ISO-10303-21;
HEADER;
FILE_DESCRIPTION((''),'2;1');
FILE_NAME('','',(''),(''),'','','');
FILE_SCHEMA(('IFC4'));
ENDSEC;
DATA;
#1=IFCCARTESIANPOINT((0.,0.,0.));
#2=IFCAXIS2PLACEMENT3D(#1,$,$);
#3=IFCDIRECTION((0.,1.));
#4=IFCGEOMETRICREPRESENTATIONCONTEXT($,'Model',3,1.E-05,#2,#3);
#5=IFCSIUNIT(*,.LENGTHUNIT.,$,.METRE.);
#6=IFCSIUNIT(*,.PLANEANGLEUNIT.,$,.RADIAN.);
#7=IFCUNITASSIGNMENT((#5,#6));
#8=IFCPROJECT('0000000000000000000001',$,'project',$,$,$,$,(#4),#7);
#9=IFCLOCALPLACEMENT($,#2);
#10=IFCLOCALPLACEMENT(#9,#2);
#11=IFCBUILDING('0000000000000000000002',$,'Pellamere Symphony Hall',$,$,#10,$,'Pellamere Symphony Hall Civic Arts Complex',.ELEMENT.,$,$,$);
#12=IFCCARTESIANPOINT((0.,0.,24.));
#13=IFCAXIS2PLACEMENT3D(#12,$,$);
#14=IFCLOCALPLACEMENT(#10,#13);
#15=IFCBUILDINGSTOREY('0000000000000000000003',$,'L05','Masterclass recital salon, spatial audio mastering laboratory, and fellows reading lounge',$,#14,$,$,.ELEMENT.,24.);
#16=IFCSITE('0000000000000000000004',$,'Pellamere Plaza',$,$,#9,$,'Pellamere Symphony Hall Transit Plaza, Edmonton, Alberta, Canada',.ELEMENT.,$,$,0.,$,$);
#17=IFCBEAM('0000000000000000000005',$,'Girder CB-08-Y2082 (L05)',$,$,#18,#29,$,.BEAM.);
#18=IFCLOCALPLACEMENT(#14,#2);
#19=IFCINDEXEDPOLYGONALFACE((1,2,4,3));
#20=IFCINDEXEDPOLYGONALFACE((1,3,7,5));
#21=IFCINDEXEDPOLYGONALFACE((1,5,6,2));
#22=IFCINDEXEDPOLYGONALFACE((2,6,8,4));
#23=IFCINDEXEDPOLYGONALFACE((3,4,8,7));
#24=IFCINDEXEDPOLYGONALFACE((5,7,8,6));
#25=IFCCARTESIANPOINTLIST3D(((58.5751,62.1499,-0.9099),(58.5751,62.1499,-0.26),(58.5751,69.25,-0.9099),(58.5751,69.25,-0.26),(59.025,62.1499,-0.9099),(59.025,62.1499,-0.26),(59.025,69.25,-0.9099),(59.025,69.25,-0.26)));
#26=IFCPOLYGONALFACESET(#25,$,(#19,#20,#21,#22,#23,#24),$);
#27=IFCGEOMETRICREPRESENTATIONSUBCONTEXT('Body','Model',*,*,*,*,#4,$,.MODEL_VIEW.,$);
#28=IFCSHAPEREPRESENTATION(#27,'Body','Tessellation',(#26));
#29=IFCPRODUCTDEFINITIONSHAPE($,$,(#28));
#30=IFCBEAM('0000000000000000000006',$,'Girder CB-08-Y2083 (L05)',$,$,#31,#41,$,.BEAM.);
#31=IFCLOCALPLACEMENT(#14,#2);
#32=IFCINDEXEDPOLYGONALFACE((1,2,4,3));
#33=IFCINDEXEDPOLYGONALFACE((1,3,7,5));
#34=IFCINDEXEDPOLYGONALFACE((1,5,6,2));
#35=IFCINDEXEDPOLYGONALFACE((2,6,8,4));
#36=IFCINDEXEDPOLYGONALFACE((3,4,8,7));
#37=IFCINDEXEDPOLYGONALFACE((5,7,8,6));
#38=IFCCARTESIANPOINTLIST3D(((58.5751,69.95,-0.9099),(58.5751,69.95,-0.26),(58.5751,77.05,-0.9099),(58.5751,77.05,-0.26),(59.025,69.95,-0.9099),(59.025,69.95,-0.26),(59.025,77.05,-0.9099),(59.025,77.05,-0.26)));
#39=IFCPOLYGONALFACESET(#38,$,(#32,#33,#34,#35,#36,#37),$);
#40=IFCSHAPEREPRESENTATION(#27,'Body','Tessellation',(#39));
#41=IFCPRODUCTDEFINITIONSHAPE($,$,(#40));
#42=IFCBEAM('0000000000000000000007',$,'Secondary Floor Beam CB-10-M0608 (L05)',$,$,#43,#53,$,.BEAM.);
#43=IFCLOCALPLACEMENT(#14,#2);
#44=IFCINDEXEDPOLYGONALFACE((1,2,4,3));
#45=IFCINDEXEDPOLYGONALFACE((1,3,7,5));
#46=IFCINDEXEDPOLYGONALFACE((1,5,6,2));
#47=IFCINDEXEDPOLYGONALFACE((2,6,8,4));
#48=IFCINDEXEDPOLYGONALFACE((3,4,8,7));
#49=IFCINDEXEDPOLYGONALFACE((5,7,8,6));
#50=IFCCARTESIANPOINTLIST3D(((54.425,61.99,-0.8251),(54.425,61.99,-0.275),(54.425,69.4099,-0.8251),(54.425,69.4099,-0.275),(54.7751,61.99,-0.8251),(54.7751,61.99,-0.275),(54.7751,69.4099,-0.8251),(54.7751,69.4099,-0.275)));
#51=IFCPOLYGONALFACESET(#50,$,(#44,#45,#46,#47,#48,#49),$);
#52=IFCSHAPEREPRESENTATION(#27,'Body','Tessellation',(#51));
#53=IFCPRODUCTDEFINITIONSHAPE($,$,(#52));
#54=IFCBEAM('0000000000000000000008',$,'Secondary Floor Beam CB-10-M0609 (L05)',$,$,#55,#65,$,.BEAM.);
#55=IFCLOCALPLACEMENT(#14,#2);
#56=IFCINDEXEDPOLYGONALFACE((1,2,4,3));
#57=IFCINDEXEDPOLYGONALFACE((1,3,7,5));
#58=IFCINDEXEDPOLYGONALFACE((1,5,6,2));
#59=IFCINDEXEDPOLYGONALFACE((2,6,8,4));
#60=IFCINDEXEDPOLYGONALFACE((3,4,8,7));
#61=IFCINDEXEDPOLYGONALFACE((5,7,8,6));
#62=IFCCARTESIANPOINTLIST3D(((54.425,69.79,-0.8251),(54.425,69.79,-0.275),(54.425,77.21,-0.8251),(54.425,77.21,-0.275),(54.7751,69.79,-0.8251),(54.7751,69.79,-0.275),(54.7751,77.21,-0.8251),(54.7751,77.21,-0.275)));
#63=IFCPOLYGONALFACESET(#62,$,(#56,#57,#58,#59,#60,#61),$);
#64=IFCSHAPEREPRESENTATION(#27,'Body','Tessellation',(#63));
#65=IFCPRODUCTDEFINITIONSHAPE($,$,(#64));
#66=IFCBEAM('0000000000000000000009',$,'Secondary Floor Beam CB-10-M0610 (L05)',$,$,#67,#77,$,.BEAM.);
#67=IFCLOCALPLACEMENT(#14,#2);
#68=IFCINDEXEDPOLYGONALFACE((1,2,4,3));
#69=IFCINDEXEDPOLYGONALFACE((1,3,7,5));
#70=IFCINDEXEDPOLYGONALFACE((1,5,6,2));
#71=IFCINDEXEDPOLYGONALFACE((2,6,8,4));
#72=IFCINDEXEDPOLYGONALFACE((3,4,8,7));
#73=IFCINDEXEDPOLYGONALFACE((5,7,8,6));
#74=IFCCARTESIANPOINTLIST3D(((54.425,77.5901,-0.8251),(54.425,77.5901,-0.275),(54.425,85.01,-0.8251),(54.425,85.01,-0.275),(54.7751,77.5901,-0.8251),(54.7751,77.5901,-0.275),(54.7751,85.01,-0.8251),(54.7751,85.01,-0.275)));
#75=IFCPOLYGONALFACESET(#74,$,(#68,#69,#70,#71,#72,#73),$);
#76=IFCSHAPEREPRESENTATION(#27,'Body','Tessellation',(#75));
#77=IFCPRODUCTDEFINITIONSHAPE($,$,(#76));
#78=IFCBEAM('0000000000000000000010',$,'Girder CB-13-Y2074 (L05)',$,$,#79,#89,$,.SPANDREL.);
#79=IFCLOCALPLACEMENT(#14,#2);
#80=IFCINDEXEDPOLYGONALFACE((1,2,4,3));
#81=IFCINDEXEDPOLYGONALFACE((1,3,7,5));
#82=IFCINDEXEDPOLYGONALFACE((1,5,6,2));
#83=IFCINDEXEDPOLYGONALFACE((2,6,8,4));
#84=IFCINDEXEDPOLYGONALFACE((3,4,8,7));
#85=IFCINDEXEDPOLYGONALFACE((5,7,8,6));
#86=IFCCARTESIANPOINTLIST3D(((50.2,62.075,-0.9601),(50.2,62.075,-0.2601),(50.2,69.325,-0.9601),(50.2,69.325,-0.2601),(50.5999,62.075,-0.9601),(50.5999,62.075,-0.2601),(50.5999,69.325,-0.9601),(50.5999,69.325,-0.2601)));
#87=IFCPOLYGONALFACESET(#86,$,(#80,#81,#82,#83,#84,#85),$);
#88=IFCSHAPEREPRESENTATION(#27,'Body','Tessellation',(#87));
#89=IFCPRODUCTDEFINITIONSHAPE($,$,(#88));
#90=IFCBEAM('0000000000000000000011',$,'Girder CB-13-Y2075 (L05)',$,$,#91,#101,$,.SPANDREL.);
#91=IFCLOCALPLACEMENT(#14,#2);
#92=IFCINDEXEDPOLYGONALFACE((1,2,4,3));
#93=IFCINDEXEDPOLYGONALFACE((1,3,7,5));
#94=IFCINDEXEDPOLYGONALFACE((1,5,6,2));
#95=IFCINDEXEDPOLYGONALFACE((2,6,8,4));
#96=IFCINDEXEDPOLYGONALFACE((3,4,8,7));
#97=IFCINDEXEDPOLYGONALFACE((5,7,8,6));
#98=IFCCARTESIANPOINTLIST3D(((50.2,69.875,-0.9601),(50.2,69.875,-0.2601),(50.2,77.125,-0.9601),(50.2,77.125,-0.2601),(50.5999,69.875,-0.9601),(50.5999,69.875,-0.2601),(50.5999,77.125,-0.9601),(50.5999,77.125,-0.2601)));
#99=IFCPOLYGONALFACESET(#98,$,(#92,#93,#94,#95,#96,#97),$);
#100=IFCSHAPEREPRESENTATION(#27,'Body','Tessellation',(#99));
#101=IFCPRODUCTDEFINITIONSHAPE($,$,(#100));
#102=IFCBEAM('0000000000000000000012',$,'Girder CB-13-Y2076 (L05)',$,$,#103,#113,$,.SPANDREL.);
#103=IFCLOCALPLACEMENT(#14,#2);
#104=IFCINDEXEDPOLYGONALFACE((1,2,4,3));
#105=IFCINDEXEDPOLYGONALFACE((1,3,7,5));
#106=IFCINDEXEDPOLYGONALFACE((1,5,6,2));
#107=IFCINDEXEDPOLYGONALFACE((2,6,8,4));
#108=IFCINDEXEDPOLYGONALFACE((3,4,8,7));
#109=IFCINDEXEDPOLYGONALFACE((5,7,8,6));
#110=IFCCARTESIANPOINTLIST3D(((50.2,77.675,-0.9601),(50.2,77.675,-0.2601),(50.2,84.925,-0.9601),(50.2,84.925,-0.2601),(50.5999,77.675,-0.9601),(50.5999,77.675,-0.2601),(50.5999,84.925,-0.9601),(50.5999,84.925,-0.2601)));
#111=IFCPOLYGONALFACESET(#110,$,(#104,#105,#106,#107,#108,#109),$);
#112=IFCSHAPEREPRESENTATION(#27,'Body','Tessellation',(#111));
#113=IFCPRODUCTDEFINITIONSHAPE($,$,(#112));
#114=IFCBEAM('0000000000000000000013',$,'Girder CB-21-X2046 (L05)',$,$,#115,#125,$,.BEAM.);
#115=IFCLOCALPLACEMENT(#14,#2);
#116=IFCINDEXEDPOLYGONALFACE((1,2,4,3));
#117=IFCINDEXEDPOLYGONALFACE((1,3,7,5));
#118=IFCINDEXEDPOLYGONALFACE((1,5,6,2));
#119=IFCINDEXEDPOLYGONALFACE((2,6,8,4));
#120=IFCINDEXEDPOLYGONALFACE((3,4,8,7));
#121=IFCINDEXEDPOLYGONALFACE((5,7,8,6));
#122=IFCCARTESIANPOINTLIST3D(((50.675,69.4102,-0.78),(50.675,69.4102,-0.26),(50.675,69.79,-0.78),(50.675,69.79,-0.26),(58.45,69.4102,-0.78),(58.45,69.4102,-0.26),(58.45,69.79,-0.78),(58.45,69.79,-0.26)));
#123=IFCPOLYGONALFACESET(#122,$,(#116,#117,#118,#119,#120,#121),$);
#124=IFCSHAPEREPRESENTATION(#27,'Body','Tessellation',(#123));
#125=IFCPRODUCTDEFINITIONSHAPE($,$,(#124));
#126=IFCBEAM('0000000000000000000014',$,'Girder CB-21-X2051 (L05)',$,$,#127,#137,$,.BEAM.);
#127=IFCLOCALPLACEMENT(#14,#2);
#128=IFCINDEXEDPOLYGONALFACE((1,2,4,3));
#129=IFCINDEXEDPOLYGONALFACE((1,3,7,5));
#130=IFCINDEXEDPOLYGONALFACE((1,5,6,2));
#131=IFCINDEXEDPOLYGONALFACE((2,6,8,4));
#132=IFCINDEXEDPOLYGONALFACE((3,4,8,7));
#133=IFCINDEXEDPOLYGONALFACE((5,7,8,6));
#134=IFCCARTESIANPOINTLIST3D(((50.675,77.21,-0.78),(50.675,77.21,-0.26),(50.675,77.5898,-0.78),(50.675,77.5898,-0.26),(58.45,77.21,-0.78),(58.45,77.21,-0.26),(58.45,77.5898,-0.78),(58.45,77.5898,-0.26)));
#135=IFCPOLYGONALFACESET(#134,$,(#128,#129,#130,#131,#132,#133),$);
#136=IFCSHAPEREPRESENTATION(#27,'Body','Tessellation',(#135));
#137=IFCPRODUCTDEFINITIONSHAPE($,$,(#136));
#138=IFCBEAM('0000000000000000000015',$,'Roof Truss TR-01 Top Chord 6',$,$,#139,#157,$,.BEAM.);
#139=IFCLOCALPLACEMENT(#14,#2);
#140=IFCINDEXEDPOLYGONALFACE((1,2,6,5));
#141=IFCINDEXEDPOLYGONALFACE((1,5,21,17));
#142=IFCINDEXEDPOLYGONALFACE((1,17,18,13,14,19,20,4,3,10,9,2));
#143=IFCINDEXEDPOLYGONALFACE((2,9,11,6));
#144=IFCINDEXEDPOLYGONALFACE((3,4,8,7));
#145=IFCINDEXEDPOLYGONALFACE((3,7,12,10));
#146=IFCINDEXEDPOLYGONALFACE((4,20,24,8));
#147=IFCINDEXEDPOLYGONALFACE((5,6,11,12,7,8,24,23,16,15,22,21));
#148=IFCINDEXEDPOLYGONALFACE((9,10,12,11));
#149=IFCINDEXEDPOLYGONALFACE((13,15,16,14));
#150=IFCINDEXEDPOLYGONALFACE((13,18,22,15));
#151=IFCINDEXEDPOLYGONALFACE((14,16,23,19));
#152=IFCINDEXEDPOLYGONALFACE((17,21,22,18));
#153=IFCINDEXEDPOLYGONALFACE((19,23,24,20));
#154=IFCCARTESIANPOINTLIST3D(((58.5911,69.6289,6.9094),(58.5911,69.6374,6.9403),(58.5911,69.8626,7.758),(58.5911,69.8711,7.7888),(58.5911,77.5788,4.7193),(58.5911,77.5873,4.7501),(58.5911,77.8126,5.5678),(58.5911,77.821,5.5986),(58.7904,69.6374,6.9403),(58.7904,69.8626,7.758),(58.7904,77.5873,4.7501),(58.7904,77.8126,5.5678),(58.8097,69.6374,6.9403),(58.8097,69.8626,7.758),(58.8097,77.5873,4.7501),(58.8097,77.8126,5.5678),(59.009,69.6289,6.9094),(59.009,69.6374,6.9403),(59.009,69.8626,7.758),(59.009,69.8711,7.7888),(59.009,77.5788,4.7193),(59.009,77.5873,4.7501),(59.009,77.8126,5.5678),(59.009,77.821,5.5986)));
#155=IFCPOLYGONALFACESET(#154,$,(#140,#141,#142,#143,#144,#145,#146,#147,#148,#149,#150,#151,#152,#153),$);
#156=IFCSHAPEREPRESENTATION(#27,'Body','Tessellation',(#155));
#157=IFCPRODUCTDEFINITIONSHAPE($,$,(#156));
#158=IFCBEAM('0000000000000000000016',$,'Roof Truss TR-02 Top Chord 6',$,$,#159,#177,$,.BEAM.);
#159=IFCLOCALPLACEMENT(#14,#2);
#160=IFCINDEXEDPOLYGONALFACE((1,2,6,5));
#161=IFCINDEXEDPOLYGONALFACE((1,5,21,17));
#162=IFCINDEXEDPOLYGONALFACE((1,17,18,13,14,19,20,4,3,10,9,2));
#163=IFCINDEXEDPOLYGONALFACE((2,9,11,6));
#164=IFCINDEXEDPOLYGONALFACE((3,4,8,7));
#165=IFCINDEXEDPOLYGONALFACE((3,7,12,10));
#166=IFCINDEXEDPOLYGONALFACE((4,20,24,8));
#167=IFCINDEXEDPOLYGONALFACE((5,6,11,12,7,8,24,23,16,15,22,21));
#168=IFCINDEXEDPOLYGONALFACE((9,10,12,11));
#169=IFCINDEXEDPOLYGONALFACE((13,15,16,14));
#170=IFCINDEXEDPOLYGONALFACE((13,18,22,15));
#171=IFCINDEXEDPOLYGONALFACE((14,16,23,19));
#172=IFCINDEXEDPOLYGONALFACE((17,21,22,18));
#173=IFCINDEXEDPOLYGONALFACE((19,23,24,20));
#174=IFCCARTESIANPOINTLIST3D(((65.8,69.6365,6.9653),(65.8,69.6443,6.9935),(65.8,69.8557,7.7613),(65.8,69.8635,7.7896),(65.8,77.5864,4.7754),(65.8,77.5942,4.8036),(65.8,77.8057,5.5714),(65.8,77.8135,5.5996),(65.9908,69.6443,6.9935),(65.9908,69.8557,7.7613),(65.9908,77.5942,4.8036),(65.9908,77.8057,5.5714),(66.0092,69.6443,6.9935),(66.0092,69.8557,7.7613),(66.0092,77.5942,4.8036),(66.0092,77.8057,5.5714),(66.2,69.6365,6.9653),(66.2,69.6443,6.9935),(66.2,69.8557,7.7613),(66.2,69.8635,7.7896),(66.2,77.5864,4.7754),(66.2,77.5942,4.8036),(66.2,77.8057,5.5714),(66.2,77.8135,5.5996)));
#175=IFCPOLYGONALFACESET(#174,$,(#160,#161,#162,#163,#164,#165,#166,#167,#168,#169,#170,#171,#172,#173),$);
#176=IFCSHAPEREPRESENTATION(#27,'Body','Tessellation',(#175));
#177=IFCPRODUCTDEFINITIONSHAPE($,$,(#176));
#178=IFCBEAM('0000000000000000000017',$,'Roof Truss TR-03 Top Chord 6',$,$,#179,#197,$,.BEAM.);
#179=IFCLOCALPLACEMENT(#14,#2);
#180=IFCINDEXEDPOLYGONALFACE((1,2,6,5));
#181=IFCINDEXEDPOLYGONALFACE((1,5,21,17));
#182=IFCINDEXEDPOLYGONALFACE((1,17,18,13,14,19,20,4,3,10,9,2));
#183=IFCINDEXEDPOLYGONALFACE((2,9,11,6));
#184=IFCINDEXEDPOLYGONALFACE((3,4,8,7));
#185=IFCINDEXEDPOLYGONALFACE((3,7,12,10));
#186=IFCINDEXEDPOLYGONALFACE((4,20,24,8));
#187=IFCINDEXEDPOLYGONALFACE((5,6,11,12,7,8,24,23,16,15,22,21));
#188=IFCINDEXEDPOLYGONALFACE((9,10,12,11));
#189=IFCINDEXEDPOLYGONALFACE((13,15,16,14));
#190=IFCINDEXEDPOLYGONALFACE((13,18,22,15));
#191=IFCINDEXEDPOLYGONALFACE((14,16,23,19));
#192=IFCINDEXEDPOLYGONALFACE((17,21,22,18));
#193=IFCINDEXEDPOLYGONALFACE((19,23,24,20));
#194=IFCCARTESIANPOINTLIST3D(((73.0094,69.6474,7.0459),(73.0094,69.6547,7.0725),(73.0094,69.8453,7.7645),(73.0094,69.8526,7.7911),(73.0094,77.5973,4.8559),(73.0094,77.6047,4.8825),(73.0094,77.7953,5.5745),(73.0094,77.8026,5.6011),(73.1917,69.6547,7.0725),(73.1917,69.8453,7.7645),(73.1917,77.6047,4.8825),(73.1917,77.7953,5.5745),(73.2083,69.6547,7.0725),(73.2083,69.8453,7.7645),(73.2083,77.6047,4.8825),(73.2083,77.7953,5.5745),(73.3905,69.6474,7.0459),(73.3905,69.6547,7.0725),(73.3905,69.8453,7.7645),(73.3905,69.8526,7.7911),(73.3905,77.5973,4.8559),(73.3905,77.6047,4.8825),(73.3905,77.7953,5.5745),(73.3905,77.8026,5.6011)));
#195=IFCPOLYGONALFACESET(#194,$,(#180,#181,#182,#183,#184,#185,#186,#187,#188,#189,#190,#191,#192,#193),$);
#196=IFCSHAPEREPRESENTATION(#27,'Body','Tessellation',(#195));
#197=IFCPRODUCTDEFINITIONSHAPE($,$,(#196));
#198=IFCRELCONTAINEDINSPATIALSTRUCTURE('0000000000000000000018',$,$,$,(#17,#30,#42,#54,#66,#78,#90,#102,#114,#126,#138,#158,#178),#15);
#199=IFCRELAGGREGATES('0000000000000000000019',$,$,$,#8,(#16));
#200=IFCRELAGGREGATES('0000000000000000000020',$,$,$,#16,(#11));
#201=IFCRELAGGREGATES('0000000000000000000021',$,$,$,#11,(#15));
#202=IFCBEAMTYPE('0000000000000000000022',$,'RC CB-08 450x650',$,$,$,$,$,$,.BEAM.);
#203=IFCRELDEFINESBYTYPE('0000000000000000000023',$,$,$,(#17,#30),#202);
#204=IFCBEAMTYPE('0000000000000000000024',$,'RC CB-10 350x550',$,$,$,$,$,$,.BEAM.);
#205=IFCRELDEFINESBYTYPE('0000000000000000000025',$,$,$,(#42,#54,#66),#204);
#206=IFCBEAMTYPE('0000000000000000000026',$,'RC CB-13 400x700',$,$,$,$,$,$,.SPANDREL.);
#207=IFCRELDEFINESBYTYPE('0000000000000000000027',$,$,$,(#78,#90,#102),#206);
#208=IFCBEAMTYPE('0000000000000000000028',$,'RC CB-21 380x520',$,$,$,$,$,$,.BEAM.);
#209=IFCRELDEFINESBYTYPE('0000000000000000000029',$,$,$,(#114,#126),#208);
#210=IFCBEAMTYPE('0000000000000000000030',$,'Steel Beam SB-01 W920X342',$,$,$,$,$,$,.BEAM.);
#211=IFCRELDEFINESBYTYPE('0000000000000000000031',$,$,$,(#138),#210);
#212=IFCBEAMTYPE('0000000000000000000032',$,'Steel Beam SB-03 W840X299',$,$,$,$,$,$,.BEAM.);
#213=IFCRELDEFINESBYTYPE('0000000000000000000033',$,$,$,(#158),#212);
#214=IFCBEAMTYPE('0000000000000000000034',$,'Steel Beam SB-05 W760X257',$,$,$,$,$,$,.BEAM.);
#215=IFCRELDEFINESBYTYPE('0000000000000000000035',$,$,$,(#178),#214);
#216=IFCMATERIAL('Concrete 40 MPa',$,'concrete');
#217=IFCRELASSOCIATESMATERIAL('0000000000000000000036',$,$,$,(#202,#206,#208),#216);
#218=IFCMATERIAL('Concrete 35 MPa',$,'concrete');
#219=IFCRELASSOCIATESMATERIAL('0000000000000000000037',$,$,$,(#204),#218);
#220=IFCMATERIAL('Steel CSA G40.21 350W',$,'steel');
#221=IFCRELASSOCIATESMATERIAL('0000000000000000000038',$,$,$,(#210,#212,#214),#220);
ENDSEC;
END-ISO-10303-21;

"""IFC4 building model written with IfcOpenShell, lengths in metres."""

from ifc_helpers import new_model, si_unit, direction, frame, origin, origin_2d, place, context, subcontext, project, spatial, rectangle, i_section, extrude, material, material_profile, profile_set, type_object, element, save


model = new_model("IFC4")

# Units and contexts
model_context = context("Model", 3, precision=1e-05, world=origin(), true_north=direction((0.0, 1.0)))
body_context = subcontext(model_context, "Body", "Model", "MODEL_VIEW")
ifc_project = project(units=[si_unit("LENGTHUNIT", "METRE"), si_unit("PLANEANGLEUNIT", "RADIAN")], contexts=[model_context])

# Site, building, storey
site_placement = place(None, origin())
site = spatial("IfcSite", under=ifc_project, at=site_placement, Name="Pellamere Plaza", LongName="Pellamere Symphony Hall Transit Plaza, Edmonton, Alberta, Canada", CompositionType="ELEMENT", RefElevation=0.0)
building_placement = place(site_placement, origin())
building = spatial("IfcBuilding", under=site, at=building_placement, Name="Pellamere Symphony Hall", LongName="Pellamere Symphony Hall Civic Arts Complex", CompositionType="ELEMENT")
storey_placement = place(building_placement, frame((0.0, 0.0, 24.0)))
storey = spatial("IfcBuildingStorey", under=building, at=storey_placement, Name="L05", Description="Masterclass recital salon, spatial audio mastering laboratory, and fellows reading lounge", CompositionType="ELEMENT", Elevation=24.0)

# Beams
ifc_material_1 = material(Name="Concrete 40 MPa", Category="concrete")
ifc_material_profile_1 = material_profile(ifc_material_1, rectangle(XDim=0.45, YDim=0.6499, at=origin_2d()), Name="RC 450x650")
ifc_profile_set_1 = profile_set([ifc_material_profile_1], Name="Concrete 40 MPa")
beam_type_1 = type_object("IfcBeamType", Name="RC CB-08 450x650", PredefinedType="BEAM", material=ifc_profile_set_1)
for number, where, z_axis, x_axis, name in (
    (1, (58.8, 62.1499, -0.585), (0.0, 1.0, 0.0), (-1.0, 0.0, 0.0), "Girder CB-08-Y2082 (L05)"),
    (2, (58.8, 69.95, -0.585), (0.0, 1.0, 0.0), (-1.0, 0.0, 0.0), "Girder CB-08-Y2083 (L05)"),
):
    element("IfcBeam", number, at=place(storey_placement, frame(where, z_axis=z_axis, x_axis=x_axis)), inside=storey, type_object=beam_type_1, Name=name, PredefinedType="BEAM", context=body_context, shape_type="SweptSolid", body=[
        extrude(rectangle(XDim=0.45, YDim=0.6499, at=origin_2d()), origin(), (0.0, 0.0, 1.0), 7.1001),
    ])
ifc_material_2 = material(Name="Concrete 35 MPa", Category="concrete")
ifc_material_profile_2 = material_profile(ifc_material_2, rectangle(XDim=0.3501, YDim=0.55, at=origin_2d()), Name="RC 350x550")
ifc_profile_set_2 = profile_set([ifc_material_profile_2], Name="Concrete 35 MPa")
beam_type_2 = type_object("IfcBeamType", Name="RC CB-10 350x550", PredefinedType="BEAM", material=ifc_profile_set_2)
for number, where, z_axis, x_axis, name in (
    (3, (54.6001, 61.99, -0.55), (0.0, 1.0, 0.0), (-1.0, 0.0, 0.0), "Secondary Floor Beam CB-10-M0608 (L05)"),
    (4, (54.6001, 69.79, -0.55), (0.0, 1.0, 0.0), (-1.0, 0.0, 0.0), "Secondary Floor Beam CB-10-M0609 (L05)"),
    (5, (54.6001, 77.5901, -0.55), (0.0, 1.0, 0.0), (-1.0, 0.0, 0.0), "Secondary Floor Beam CB-10-M0610 (L05)"),
):
    element("IfcBeam", number, at=place(storey_placement, frame(where, z_axis=z_axis, x_axis=x_axis)), inside=storey, type_object=beam_type_2, Name=name, PredefinedType="BEAM", context=body_context, shape_type="SweptSolid", body=[
        extrude(rectangle(XDim=0.3501, YDim=0.55, at=origin_2d()), origin(), (0.0, 0.0, 1.0), 7.4199),
    ])
ifc_material_profile_3 = material_profile(ifc_material_1, rectangle(XDim=0.3999, YDim=0.7, at=origin_2d()), Name="RC 400x700")
ifc_profile_set_3 = profile_set([ifc_material_profile_3], Name="Concrete 40 MPa")
beam_type_3 = type_object("IfcBeamType", Name="RC CB-13 400x700", PredefinedType="SPANDREL", material=ifc_profile_set_3)
for number, where, z_axis, x_axis, name in (
    (6, (50.3999, 62.075, -0.6101), (0.0, 1.0, 0.0), (-1.0, 0.0, 0.0), "Girder CB-13-Y2074 (L05)"),
    (7, (50.3999, 69.875, -0.6101), (0.0, 1.0, 0.0), (-1.0, 0.0, 0.0), "Girder CB-13-Y2075 (L05)"),
    (8, (50.3999, 77.675, -0.6101), (0.0, 1.0, 0.0), (-1.0, 0.0, 0.0), "Girder CB-13-Y2076 (L05)"),
):
    element("IfcBeam", number, at=place(storey_placement, frame(where, z_axis=z_axis, x_axis=x_axis)), inside=storey, type_object=beam_type_3, Name=name, PredefinedType="SPANDREL", context=body_context, shape_type="SweptSolid", body=[
        extrude(rectangle(XDim=0.3999, YDim=0.7, at=origin_2d()), origin(), (0.0, 0.0, 1.0), 7.25),
    ])
ifc_material_profile_4 = material_profile(ifc_material_1, rectangle(XDim=0.3799, YDim=0.52, at=origin_2d()), Name="RC 380x520")
ifc_profile_set_4 = profile_set([ifc_material_profile_4], Name="Concrete 40 MPa")
beam_type_4 = type_object("IfcBeamType", Name="RC CB-21 380x520", PredefinedType="BEAM", material=ifc_profile_set_4)
for number, where, z_axis, x_axis, name in (
    (9, (50.675, 69.6001, -0.52), (1.0, 0.0, 0.0), (0.0, 1.0, 0.0), "Girder CB-21-X2046 (L05)"),
    (10, (50.675, 77.3999, -0.52), (1.0, 0.0, 0.0), (0.0, 1.0, 0.0), "Girder CB-21-X2051 (L05)"),
):
    element("IfcBeam", number, at=place(storey_placement, frame(where, z_axis=z_axis, x_axis=x_axis)), inside=storey, type_object=beam_type_4, Name=name, PredefinedType="BEAM", context=body_context, shape_type="SweptSolid", body=[
        extrude(rectangle(XDim=0.3799, YDim=0.52, at=origin_2d()), origin(), (0.0, 0.0, 1.0), 7.7749),
    ])
ifc_material_3 = material(Name="Steel CSA G40.21 350W", Category="steel")
ifc_material_profile_5 = material_profile(ifc_material_3, i_section(OverallWidth=0.418, OverallDepth=0.9121, WebThickness=0.0193, FlangeThickness=0.032, at=origin_2d()), Name="W920X342")
ifc_profile_set_5 = profile_set([ifc_material_profile_5], Name="Steel CSA G40.21 350W")
beam_type_5 = type_object("IfcBeamType", Name="Steel Beam SB-01 W920X342", PredefinedType="BEAM", material=ifc_profile_set_5)
beam_1_placement = place(storey_placement, frame((58.8, 69.75, 7.3491), z_axis=(0.0, 0.964083, -0.265602), x_axis=(-1.0, 0.0, 0.0)))
element("IfcBeam", 11, at=beam_1_placement, inside=storey, type_object=beam_type_5, Name="Roof Truss TR-01 Top Chord 6", PredefinedType="BEAM", context=body_context, shape_type="SweptSolid", body=[
    extrude(i_section(OverallWidth=0.418, OverallDepth=0.9121, WebThickness=0.0193, FlangeThickness=0.032, at=origin_2d()), origin(), (0.0, 0.0, 1.0), 8.2461),
])
ifc_material_profile_6 = material_profile(ifc_material_3, i_section(OverallWidth=0.3999, OverallDepth=0.855, WebThickness=0.0183, FlangeThickness=0.0293, at=origin_2d()), Name="W840X299")
ifc_profile_set_6 = profile_set([ifc_material_profile_6], Name="Steel CSA G40.21 350W")
beam_type_6 = type_object("IfcBeamType", Name="Steel Beam SB-03 W840X299", PredefinedType="BEAM", material=ifc_profile_set_6)
beam_2_placement = place(storey_placement, frame((66.0, 69.75, 7.3774), z_axis=(0.0, 0.96409, -0.265574), x_axis=(-1.0, 0.0, 0.0)))
element("IfcBeam", 12, at=beam_2_placement, inside=storey, type_object=beam_type_6, Name="Roof Truss TR-02 Top Chord 6", PredefinedType="BEAM", context=body_context, shape_type="SweptSolid", body=[
    extrude(i_section(OverallWidth=0.3999, OverallDepth=0.855, WebThickness=0.0183, FlangeThickness=0.0293, at=origin_2d()), origin(), (0.0, 0.0, 1.0), 8.2461),
])
ifc_material_profile_7 = material_profile(ifc_material_3, i_section(OverallWidth=0.3811, OverallDepth=0.7729, WebThickness=0.0166, FlangeThickness=0.0276, at=origin_2d()), Name="W760X257")
ifc_profile_set_7 = profile_set([ifc_material_profile_7], Name="Steel CSA G40.21 350W")
beam_type_7 = type_object("IfcBeamType", Name="Steel Beam SB-05 W760X257", PredefinedType="BEAM", material=ifc_profile_set_7)
beam_3_placement = place(storey_placement, frame((73.2, 69.75, 7.4185), z_axis=(0.0, 0.96409, -0.265574), x_axis=(-1.0, 0.0, 0.0)))
element("IfcBeam", 13, at=beam_3_placement, inside=storey, type_object=beam_type_7, Name="Roof Truss TR-03 Top Chord 6", PredefinedType="BEAM", context=body_context, shape_type="SweptSolid", body=[
    extrude(i_section(OverallWidth=0.3811, OverallDepth=0.7729, WebThickness=0.0166, FlangeThickness=0.0276, at=origin_2d()), origin(), (0.0, 0.0, 1.0), 8.2461),
])

save(model, "model.ifc")
